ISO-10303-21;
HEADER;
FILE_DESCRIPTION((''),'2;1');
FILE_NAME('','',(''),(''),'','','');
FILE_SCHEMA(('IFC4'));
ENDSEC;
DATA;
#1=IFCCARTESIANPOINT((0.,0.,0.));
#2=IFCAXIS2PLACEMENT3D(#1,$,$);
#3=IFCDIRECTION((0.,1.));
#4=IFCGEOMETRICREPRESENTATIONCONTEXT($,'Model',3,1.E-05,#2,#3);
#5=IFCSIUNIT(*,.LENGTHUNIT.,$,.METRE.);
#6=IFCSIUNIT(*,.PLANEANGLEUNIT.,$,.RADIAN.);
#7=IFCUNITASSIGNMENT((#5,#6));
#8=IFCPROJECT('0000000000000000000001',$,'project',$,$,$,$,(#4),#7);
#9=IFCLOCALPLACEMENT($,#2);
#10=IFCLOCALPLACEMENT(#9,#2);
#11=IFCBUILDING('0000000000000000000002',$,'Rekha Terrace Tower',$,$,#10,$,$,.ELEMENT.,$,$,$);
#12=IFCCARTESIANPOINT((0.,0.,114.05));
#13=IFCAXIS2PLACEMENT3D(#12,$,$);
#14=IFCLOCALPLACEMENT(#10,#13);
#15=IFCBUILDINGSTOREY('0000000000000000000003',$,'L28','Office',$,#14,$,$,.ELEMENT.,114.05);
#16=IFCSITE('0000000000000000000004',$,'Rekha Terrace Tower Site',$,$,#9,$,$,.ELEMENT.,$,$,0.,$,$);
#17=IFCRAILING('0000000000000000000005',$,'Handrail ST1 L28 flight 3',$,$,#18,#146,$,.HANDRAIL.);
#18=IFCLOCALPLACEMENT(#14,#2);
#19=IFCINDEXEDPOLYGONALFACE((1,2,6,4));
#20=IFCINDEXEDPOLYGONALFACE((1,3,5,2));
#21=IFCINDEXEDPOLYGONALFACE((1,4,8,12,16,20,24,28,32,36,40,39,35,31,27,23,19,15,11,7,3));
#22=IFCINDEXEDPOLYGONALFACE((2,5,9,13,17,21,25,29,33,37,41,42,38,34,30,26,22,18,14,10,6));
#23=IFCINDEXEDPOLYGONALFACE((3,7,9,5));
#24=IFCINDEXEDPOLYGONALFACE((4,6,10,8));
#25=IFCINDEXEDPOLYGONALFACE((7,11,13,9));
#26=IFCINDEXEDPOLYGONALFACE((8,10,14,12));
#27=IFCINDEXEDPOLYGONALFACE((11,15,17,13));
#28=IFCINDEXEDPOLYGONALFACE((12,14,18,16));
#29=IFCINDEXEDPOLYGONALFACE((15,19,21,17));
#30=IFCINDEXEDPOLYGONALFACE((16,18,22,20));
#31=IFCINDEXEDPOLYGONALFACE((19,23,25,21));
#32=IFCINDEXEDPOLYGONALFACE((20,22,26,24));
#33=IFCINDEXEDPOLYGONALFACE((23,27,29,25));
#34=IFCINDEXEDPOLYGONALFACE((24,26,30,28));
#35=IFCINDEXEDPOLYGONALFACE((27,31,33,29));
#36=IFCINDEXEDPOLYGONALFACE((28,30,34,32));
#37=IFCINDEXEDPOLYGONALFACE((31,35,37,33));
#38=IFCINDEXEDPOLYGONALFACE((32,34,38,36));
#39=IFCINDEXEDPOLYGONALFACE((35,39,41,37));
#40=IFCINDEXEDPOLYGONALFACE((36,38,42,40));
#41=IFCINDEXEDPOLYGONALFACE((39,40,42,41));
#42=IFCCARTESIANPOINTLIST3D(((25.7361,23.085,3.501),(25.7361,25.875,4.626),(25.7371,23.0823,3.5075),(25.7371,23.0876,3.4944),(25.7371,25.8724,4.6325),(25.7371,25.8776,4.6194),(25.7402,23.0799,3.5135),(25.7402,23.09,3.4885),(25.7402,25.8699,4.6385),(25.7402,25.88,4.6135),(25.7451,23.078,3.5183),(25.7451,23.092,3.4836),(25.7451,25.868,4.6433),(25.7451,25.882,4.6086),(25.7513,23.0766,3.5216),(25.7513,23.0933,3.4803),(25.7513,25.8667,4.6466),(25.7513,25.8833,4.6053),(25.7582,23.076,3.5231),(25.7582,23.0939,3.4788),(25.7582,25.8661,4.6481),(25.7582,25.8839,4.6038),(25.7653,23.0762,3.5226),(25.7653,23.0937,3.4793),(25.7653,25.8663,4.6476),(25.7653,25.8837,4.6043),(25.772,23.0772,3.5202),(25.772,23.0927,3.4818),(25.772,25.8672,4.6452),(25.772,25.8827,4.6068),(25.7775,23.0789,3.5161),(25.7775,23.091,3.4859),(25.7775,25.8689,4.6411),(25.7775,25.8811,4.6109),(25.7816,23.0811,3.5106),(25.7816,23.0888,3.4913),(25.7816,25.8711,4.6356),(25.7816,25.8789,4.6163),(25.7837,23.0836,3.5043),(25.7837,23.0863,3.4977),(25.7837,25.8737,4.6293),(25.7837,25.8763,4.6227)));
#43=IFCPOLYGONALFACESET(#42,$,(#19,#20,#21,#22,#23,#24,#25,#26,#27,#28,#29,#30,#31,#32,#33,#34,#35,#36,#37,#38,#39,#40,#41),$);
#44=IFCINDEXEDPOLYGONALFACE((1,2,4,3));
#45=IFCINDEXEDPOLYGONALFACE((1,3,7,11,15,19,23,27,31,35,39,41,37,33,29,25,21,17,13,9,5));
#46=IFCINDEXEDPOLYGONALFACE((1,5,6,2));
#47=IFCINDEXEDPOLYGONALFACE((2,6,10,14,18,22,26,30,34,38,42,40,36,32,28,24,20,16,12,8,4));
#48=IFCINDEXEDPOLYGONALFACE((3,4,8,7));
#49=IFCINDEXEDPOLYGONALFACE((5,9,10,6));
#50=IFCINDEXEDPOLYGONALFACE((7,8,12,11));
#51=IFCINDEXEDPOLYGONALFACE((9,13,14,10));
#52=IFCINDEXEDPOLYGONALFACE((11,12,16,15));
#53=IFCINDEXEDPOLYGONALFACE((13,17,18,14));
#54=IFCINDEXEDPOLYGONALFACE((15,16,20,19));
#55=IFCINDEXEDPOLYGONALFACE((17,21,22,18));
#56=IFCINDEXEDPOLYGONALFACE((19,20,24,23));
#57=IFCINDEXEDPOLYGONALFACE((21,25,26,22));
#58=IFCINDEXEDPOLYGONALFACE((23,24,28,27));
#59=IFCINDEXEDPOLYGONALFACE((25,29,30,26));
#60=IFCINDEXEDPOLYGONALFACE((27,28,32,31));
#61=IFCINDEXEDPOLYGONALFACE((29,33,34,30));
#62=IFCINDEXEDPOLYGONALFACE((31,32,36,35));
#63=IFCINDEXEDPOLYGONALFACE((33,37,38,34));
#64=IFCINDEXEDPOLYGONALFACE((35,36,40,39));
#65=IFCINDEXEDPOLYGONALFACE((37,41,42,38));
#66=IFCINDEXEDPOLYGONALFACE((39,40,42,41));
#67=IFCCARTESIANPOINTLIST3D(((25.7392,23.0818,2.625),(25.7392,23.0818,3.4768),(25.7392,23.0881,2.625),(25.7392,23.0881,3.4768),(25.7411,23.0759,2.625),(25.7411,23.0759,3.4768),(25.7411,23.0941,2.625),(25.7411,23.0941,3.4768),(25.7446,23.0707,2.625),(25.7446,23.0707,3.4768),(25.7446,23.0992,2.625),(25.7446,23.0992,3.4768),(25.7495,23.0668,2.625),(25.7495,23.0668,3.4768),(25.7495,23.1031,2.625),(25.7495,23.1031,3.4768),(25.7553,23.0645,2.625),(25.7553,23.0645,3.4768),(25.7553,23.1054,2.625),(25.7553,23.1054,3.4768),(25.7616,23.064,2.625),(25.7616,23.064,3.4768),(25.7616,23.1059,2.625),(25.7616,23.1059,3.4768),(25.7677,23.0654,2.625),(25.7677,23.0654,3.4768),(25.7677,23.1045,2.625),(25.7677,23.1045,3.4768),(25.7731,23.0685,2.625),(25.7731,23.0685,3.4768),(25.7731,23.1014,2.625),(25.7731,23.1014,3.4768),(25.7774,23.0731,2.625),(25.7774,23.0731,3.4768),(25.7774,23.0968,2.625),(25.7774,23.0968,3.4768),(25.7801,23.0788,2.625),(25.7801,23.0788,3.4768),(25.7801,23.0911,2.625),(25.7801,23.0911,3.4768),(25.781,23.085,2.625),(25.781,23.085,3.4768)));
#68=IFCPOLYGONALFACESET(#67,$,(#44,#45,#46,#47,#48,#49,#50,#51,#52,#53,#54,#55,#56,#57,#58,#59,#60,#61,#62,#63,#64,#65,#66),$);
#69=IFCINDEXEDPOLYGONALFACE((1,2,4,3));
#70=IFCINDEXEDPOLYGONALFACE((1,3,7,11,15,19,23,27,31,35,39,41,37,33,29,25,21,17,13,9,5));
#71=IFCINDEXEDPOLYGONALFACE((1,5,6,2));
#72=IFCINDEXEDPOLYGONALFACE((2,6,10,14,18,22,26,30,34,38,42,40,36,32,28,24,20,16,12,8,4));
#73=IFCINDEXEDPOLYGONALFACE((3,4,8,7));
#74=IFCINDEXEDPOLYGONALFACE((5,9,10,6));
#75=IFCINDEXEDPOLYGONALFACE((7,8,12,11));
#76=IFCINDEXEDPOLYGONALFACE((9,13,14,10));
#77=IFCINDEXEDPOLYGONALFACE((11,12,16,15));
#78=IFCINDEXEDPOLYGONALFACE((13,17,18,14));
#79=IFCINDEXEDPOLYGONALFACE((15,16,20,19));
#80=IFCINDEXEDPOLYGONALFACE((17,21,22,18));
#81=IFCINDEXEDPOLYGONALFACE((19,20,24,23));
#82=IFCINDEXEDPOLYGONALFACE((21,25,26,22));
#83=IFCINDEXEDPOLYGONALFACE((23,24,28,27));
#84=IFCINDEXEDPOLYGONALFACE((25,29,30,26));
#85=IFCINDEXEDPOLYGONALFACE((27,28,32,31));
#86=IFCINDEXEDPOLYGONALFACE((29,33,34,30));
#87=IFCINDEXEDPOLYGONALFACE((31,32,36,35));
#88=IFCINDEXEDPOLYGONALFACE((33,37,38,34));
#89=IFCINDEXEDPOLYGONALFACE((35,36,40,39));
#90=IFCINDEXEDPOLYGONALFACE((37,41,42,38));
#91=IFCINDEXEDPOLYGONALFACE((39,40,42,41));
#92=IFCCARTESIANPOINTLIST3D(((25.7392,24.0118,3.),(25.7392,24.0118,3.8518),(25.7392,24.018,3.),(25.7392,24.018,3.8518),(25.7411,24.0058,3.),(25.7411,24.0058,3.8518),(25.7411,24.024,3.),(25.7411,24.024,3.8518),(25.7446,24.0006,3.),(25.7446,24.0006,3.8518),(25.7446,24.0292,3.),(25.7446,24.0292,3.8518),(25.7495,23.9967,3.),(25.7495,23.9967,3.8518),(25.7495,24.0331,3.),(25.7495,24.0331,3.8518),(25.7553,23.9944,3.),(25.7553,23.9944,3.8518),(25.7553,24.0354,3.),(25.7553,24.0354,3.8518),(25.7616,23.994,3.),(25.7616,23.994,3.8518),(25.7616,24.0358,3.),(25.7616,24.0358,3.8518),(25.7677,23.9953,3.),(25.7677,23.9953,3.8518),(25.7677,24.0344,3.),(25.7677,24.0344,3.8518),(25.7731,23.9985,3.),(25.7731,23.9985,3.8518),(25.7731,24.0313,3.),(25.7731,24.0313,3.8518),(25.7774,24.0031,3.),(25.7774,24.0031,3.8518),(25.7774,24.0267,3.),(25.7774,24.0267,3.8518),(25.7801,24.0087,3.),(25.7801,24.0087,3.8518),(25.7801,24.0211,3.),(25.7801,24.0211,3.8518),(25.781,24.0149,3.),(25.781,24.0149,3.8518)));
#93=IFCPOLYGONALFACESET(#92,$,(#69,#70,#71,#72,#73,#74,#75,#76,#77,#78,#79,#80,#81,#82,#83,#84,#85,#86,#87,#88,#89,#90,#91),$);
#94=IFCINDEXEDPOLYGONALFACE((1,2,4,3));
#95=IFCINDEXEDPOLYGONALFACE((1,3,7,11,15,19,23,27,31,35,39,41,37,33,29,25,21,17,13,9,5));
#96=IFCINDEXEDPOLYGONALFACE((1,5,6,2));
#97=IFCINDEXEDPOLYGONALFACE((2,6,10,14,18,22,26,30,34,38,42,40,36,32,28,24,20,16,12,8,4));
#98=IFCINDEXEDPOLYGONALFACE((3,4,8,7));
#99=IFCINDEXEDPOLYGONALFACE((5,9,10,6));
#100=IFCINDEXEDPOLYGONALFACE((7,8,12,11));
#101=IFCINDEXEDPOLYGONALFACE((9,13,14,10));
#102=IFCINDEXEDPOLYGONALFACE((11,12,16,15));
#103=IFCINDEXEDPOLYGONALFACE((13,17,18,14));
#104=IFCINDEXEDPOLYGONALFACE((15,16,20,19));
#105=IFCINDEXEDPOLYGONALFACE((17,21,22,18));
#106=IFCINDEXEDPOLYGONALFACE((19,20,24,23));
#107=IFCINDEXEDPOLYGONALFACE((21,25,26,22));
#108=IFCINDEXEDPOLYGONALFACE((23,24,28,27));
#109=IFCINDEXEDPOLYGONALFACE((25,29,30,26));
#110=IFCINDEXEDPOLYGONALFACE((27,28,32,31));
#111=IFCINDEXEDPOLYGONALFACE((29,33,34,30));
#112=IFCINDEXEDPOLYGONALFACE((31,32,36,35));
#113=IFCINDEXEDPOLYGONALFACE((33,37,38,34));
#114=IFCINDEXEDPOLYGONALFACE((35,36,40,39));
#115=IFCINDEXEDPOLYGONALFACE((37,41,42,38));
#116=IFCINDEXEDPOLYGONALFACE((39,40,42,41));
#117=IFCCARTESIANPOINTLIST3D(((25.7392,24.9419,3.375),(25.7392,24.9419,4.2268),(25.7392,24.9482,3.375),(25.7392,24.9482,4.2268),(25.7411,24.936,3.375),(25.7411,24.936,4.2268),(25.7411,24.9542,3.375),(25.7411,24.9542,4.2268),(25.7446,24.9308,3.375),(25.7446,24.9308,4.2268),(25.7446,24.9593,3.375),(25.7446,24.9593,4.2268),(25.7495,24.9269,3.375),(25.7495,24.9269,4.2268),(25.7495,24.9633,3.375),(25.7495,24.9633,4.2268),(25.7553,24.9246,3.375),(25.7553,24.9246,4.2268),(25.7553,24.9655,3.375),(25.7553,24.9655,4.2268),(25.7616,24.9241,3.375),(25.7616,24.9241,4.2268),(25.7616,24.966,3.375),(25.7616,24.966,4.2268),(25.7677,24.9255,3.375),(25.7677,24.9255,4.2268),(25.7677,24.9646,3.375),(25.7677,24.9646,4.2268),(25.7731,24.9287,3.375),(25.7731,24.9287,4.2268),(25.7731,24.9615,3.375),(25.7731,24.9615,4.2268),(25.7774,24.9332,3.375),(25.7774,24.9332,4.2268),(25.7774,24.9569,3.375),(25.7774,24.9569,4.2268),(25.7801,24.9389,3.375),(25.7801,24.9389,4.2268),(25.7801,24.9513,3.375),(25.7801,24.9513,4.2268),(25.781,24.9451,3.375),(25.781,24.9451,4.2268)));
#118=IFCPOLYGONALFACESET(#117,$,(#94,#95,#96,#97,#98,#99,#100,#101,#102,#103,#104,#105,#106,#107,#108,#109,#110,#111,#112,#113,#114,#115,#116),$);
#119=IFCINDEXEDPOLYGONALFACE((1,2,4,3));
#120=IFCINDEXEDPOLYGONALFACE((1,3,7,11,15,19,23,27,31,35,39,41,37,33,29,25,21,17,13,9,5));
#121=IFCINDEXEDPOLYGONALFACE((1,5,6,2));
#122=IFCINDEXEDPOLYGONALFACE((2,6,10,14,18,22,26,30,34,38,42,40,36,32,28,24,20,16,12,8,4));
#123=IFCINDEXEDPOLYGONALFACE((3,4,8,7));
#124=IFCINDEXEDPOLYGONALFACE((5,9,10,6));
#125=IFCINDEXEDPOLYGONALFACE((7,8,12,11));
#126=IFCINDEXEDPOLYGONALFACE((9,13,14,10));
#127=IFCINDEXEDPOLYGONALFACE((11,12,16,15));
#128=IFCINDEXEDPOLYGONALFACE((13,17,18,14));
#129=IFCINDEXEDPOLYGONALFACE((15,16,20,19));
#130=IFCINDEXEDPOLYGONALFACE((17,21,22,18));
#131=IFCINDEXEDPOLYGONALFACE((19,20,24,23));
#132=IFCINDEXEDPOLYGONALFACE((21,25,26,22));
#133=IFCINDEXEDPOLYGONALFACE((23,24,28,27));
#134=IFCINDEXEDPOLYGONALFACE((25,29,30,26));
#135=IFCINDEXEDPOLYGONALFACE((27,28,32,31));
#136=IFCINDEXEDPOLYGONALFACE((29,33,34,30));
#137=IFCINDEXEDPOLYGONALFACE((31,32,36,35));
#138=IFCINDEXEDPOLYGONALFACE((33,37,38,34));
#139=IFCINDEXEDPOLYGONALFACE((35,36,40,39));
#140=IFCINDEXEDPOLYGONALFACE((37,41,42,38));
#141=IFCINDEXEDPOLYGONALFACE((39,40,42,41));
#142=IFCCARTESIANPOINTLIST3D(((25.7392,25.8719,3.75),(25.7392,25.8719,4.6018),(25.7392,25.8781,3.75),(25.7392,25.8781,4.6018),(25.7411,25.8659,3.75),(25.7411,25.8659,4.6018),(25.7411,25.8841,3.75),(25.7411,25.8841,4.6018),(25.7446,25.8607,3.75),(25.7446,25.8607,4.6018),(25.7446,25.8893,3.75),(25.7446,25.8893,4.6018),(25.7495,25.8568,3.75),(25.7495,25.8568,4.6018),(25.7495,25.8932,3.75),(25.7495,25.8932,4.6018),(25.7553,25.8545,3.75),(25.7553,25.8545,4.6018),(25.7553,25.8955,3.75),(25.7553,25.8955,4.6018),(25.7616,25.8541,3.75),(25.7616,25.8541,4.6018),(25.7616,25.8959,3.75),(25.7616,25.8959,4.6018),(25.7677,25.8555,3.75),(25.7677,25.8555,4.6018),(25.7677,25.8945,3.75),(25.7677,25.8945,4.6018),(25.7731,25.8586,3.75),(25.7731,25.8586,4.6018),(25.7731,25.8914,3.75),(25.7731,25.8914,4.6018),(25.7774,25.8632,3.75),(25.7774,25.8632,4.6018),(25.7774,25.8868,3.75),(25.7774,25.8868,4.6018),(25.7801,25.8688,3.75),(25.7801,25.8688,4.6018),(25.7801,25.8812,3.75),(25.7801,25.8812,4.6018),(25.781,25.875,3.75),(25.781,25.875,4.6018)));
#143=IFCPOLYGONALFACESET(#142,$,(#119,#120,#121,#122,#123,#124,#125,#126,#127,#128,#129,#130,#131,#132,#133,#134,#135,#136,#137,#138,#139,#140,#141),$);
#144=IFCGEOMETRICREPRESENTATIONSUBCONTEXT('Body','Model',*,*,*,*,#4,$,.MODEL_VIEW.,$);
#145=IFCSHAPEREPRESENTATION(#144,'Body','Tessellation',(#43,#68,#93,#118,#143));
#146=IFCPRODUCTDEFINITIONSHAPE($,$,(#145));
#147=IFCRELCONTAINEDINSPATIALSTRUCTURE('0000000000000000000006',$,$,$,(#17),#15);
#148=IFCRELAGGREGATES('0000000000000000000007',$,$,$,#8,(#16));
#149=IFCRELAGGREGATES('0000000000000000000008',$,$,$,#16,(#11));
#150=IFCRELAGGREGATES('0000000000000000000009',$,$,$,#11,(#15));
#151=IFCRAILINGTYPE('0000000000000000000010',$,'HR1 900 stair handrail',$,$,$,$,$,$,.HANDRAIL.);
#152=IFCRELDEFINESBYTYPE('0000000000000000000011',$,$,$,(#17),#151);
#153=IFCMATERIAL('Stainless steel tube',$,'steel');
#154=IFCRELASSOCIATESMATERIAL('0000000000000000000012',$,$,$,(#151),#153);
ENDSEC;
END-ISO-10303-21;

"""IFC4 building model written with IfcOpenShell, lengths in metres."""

from ifc_helpers import new_model, si_unit, direction, frame, origin, origin_2d, place, context, subcontext, project, spatial, circle, extrude, material, type_object, element, save


model = new_model("IFC4")

# Units and contexts
model_context = context("Model", 3, precision=1e-05, world=origin(), true_north=direction((0.0, 1.0)))
body_context = subcontext(model_context, "Body", "Model", "MODEL_VIEW")
ifc_project = project(units=[si_unit("LENGTHUNIT", "METRE"), si_unit("PLANEANGLEUNIT", "RADIAN")], contexts=[model_context])

# Site, building, storey
site_placement = place(None, origin())
site = spatial("IfcSite", under=ifc_project, at=site_placement, Name="Rekha Terrace Tower Site", CompositionType="ELEMENT", RefElevation=0.0)
building_placement = place(site_placement, origin())
building = spatial("IfcBuilding", under=site, at=building_placement, Name="Rekha Terrace Tower", CompositionType="ELEMENT")
storey_placement = place(building_placement, frame((0.0, 0.0, 114.05)))
storey = spatial("IfcBuildingStorey", under=building, at=storey_placement, Name="L28", Description="Office", CompositionType="ELEMENT", Elevation=114.05)

# Railing
ifc_material_1 = material(Name="Stainless steel tube", Category="steel")
railing_type = type_object("IfcRailingType", Name="HR1 900 stair handrail", PredefinedType="HANDRAIL", material=ifc_material_1)
railing_placement = place(storey_placement, frame((25.76, 23.085, 2.625)))
element("IfcRailing", 1, at=railing_placement, inside=storey, type_object=railing_type, Name="Handrail ST1 L28 flight 3", PredefinedType="HANDRAIL", context=body_context, shape_type="SweptSolid", body=[
    extrude(circle(Radius=0.0239, at=origin_2d()), frame((0.0, 0.0, 0.876), z_axis=(0.0, 0.927443, 0.373964), x_axis=(-1.0, 0.0, 0.0)), (0.0, 0.0, 1.0), 3.0083),
    extrude(circle(Radius=0.021, at=origin_2d()), origin(), (0.0, 0.0, 1.0), 0.8518),
    extrude(circle(Radius=0.021, at=origin_2d()), frame((0.0, 0.9299, 0.375)), (0.0, 0.0, 1.0), 0.8518),
    extrude(circle(Radius=0.021, at=origin_2d()), frame((0.0, 1.8601, 0.75)), (0.0, 0.0, 1.0), 0.8518),
    extrude(circle(Radius=0.021, at=origin_2d()), frame((0.0, 2.79, 1.125)), (0.0, 0.0, 1.0), 0.8518),
])

save(model, "model.ifc")
